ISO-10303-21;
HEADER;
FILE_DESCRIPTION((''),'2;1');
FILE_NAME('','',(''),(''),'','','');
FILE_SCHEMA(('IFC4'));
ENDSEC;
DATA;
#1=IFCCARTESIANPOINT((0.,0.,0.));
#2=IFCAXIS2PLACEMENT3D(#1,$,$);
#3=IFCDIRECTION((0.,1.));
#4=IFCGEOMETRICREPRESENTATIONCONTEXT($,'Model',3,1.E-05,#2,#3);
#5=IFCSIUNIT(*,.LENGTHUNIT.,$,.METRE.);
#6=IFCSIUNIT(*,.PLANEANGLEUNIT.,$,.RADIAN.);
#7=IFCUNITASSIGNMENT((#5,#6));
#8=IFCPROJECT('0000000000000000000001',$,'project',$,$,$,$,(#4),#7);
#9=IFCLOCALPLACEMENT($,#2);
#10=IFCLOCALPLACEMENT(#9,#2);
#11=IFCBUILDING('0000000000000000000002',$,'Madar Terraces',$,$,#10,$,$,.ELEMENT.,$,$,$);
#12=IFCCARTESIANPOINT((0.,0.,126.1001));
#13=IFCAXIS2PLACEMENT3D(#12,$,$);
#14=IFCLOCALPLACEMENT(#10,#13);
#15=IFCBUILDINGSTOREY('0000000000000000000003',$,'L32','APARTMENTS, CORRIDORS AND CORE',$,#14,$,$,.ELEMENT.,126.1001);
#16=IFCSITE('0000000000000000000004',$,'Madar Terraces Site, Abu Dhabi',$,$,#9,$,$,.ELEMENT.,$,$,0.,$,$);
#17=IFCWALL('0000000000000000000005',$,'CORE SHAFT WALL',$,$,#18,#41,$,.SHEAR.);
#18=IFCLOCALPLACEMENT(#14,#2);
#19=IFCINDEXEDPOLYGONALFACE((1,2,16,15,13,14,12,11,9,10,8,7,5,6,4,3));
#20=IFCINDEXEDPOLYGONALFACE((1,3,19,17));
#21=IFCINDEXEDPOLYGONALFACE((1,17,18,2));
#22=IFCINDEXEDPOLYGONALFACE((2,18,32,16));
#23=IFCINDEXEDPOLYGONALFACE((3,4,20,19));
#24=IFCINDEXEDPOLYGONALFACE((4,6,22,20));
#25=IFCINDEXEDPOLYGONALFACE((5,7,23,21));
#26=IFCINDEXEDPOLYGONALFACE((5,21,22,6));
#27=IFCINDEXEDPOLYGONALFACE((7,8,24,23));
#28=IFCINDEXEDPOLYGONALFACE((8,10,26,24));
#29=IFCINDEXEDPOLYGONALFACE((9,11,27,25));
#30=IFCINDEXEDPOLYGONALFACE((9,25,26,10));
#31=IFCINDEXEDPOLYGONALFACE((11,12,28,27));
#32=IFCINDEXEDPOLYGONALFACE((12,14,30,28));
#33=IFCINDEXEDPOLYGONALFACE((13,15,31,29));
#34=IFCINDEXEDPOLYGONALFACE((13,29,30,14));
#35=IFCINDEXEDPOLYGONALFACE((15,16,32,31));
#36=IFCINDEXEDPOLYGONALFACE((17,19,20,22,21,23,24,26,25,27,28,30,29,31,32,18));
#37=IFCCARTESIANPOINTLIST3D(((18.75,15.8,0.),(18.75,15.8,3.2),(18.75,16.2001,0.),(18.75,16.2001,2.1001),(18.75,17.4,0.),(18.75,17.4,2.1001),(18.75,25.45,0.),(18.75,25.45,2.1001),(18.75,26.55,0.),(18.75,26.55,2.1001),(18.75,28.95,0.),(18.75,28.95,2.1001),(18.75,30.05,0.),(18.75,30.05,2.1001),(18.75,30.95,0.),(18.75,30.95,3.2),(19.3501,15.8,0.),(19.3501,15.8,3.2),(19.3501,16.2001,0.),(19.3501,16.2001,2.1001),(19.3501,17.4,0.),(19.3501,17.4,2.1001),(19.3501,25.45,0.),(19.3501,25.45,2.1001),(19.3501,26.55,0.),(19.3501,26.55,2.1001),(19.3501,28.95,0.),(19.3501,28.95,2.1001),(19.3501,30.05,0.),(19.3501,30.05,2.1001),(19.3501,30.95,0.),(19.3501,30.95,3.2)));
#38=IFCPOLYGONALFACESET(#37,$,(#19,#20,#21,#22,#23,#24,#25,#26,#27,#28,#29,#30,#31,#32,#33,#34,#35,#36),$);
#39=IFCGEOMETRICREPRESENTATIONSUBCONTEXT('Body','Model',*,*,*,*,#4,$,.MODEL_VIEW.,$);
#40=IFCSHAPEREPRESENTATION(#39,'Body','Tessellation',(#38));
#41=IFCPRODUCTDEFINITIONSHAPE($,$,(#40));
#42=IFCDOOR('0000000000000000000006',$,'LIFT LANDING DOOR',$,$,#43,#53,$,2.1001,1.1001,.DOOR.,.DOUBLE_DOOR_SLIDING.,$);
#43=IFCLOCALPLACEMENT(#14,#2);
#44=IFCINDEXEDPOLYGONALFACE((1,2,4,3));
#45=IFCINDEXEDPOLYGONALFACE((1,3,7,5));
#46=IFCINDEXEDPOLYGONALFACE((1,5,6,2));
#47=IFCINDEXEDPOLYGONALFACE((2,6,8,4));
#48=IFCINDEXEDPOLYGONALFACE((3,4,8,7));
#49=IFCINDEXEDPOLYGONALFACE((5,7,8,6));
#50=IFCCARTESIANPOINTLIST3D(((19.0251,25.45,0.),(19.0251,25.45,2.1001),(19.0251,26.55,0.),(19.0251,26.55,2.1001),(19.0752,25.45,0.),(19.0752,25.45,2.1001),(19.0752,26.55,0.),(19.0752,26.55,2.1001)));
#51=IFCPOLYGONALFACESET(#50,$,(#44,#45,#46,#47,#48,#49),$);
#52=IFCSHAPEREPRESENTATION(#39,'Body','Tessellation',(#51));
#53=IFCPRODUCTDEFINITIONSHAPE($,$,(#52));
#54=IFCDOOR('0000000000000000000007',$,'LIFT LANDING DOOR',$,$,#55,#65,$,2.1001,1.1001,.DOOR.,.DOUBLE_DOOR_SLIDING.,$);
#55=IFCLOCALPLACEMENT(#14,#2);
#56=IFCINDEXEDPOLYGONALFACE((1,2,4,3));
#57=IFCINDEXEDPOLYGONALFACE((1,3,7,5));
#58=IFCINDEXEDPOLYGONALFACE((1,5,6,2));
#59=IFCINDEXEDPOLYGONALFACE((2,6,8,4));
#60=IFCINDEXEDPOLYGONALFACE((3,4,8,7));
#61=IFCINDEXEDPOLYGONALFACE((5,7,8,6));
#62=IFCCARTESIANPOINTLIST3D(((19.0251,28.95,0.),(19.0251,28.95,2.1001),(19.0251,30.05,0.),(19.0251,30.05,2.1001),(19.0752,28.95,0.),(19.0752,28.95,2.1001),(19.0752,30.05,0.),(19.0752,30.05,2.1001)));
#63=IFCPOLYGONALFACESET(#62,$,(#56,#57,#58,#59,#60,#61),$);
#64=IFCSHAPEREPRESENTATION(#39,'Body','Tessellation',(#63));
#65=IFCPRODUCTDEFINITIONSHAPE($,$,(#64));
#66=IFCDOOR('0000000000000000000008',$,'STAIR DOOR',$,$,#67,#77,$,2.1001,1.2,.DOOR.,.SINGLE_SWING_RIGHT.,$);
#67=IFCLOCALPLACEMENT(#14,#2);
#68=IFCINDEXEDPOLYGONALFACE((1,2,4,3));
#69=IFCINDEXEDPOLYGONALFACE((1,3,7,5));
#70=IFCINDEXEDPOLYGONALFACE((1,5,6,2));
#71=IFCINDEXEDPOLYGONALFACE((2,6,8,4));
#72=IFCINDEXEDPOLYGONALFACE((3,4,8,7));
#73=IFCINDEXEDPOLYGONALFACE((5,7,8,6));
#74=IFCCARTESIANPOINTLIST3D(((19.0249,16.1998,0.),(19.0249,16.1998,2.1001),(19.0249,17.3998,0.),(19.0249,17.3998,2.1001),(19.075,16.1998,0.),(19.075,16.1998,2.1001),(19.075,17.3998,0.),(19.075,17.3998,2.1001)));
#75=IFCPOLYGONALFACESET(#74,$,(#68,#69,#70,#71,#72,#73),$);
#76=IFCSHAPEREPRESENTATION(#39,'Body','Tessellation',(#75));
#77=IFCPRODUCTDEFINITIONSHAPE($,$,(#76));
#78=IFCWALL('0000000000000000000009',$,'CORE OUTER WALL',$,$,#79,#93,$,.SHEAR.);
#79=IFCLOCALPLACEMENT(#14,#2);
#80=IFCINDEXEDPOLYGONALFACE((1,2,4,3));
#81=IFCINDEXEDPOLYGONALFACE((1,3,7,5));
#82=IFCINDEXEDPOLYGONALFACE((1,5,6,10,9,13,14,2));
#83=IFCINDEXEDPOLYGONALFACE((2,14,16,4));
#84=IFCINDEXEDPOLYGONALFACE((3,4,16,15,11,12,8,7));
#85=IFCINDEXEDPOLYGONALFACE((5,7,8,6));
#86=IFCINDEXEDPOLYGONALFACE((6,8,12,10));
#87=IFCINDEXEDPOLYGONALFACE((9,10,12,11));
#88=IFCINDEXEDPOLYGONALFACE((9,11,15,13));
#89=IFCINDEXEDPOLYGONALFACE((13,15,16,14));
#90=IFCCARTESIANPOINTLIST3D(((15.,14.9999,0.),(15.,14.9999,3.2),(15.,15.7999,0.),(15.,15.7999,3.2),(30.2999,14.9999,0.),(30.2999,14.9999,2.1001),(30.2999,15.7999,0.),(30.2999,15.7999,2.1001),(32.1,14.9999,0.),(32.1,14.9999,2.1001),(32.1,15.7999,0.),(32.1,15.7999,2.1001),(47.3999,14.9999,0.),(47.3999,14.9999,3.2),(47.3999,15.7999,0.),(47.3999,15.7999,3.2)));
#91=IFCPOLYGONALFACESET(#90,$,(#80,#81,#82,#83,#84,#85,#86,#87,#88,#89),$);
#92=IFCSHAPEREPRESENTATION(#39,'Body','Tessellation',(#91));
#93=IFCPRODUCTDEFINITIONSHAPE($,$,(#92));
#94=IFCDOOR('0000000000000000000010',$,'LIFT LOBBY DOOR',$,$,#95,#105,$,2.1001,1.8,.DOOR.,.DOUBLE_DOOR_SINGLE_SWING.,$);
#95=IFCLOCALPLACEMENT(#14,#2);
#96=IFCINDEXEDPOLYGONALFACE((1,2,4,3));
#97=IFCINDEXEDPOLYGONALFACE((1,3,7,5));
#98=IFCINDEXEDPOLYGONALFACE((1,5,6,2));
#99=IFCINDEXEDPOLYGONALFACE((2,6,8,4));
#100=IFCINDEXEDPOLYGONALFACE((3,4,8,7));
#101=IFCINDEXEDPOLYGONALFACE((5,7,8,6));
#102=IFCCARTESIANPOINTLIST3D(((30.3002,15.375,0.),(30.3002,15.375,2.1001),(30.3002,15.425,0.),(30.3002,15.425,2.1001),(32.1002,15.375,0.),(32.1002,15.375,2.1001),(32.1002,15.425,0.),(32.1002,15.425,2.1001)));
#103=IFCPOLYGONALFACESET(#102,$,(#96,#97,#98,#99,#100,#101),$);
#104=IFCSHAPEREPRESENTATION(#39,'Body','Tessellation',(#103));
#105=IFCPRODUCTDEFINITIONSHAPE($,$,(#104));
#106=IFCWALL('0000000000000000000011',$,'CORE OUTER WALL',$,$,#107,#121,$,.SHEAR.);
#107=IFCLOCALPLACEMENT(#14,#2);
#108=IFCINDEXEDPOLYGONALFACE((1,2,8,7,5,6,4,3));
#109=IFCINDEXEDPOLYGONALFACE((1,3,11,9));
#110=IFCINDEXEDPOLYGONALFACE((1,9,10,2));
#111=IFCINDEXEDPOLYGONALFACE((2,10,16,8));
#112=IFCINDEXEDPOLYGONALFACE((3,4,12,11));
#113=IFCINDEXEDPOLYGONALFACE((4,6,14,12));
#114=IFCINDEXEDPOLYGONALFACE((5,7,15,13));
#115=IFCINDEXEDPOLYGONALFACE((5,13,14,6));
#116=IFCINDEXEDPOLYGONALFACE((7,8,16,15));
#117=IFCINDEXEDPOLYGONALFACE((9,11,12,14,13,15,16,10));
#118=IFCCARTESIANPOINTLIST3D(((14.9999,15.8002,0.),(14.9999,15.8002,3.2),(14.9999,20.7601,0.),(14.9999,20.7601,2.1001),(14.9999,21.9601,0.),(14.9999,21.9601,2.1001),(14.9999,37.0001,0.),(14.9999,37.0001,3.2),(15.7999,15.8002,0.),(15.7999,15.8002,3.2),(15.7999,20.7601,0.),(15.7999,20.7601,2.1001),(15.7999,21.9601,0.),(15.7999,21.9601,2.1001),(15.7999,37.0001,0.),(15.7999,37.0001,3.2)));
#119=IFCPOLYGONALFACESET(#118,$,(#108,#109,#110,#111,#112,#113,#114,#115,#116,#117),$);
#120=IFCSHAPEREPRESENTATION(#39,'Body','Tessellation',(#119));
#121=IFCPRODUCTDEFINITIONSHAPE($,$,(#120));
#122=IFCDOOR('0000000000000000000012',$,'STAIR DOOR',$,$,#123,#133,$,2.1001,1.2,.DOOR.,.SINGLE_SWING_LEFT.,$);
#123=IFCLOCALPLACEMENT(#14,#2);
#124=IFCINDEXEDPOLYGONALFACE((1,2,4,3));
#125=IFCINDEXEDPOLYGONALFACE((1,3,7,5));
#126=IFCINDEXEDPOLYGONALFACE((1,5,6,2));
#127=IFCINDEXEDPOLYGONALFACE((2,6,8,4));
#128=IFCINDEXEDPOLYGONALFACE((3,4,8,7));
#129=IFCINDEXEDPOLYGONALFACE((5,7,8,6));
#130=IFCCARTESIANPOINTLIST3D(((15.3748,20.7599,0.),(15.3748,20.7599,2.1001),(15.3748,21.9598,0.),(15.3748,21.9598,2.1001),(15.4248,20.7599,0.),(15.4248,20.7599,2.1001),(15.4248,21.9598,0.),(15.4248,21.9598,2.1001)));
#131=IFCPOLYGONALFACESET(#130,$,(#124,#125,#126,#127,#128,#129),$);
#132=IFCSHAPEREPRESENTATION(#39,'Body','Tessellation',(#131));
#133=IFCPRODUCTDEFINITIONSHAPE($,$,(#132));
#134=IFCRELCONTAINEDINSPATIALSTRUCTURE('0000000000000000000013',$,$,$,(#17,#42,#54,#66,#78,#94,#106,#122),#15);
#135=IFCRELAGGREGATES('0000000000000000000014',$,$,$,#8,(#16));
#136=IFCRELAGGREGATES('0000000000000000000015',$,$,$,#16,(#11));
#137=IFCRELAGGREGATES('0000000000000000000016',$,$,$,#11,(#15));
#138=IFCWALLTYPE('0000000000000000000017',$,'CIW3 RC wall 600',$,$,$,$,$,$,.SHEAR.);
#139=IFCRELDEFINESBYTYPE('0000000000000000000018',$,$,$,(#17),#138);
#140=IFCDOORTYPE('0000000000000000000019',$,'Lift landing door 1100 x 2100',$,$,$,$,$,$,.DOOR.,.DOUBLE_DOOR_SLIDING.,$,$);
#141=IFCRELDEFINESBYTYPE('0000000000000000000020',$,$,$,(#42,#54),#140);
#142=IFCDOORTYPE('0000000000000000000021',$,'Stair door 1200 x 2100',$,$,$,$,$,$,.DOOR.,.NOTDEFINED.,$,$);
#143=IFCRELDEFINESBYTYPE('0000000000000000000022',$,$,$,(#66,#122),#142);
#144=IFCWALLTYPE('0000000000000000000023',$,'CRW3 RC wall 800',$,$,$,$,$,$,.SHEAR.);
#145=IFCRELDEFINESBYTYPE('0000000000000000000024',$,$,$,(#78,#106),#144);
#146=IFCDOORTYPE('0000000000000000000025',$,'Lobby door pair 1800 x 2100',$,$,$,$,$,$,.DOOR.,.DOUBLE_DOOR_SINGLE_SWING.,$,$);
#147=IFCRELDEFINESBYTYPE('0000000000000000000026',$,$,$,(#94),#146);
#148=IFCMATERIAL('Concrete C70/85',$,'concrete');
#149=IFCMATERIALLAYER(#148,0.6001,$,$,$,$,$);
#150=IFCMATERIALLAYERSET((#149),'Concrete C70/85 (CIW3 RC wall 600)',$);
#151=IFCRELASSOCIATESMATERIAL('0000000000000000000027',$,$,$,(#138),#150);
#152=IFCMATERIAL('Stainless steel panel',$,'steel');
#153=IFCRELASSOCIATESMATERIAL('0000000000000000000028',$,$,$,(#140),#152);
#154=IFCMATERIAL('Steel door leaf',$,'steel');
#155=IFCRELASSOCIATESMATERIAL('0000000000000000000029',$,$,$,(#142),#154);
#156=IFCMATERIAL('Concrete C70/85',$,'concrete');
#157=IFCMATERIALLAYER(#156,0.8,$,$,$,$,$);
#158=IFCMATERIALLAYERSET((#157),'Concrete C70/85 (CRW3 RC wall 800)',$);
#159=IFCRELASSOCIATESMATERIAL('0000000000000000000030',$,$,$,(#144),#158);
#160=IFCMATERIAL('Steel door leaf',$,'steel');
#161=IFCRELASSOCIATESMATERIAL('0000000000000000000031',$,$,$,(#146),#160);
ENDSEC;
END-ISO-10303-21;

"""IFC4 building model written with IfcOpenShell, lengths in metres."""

from ifc_helpers import new_model, si_unit, direction, frame, frame_2d, origin, place, context, subcontext, project, spatial, rectangle, extrude, material, layer, layer_set, type_object, element, fill, save


model = new_model("IFC4")

# Units and contexts
model_context = context("Model", 3, precision=1e-05, world=origin(), true_north=direction((0.0, 1.0)))
body_context = subcontext(model_context, "Body", "Model", "MODEL_VIEW")
ifc_project = project(units=[si_unit("LENGTHUNIT", "METRE"), si_unit("PLANEANGLEUNIT", "RADIAN")], contexts=[model_context])

# Site, building, storey
site_placement = place(None, origin())
site = spatial("IfcSite", under=ifc_project, at=site_placement, Name="Madar Terraces Site, Abu Dhabi", CompositionType="ELEMENT", RefElevation=0.0)
building_placement = place(site_placement, origin())
building = spatial("IfcBuilding", under=site, at=building_placement, Name="Madar Terraces", CompositionType="ELEMENT")
storey_placement = place(building_placement, frame((0.0, 0.0, 126.1001)))
storey = spatial("IfcBuildingStorey", under=building, at=storey_placement, Name="L32", Description="APARTMENTS, CORRIDORS AND CORE", CompositionType="ELEMENT", Elevation=126.1001)

# Wall, openings, doors
ifc_material_1 = material(Name="Concrete C70/85", Category="concrete")
ifc_layer_1 = layer(ifc_material_1, 0.6001)
ifc_layer_set_1 = layer_set([ifc_layer_1], Name="Concrete C70/85 (CIW3 RC wall 600)")
wall_type_1 = type_object("IfcWallType", Name="CIW3 RC wall 600", PredefinedType="SHEAR", material=ifc_layer_set_1)
wall_1_placement = place(storey_placement, frame((19.05, 15.8, 0.0), z_axis=(0.0, 0.0, 1.0), x_axis=(0.0, 1.0, 0.0)))
wall_1 = element("IfcWall", 1, at=wall_1_placement, inside=storey, type_object=wall_type_1, Name="CORE SHAFT WALL", PredefinedType="SHEAR", context=body_context, shape_type="SweptSolid", body=[
    extrude(rectangle(XDim=15.1499, YDim=0.6001, at=frame_2d((7.575, 0.0))), origin(), (0.0, 0.0, 1.0), 3.2),
])
opening_1_placement = place(wall_1_placement, frame((9.6499, 0.0, 0.0)))
opening_1 = element("IfcOpeningElement", 2, at=opening_1_placement, cuts=wall_1, PredefinedType="OPENING", context=body_context, shape_type="SweptSolid", body=[
    extrude(rectangle(XDim=1.1001, YDim=2.1001, at=frame_2d((0.55, 1.05))), frame((0.0, 0.3101, 0.0), z_axis=(0.0, -1.0, 0.0), x_axis=(1.0, 0.0, 0.0)), (0.0, 0.0, 1.0), 0.6201),
])
opening_2_placement = place(wall_1_placement, frame((13.1499, 0.0, 0.0)))
opening_2 = element("IfcOpeningElement", 3, at=opening_2_placement, cuts=wall_1, PredefinedType="OPENING", context=body_context, shape_type="SweptSolid", body=[
    extrude(rectangle(XDim=1.1001, YDim=2.1001, at=frame_2d((0.55, 1.05))), frame((0.0, 0.3101, 0.0), z_axis=(0.0, -1.0, 0.0), x_axis=(1.0, 0.0, 0.0)), (0.0, 0.0, 1.0), 0.6201),
])
opening_3_placement = place(wall_1_placement, frame((0.3999, 0.0, 0.0)))
opening_3 = element("IfcOpeningElement", 4, at=opening_3_placement, cuts=wall_1, PredefinedType="OPENING", context=body_context, shape_type="SweptSolid", body=[
    extrude(rectangle(XDim=1.2, YDim=2.1001, at=frame_2d((0.6001, 1.05))), frame((0.0, 0.3101, 0.0), z_axis=(0.0, -1.0, 0.0), x_axis=(1.0, 0.0, 0.0)), (0.0, 0.0, 1.0), 0.6201),
])
ifc_material_2 = material(Name="Stainless steel panel", Category="steel")
door_type_1 = type_object("IfcDoorType", Name="Lift landing door 1100 x 2100", OperationType="DOUBLE_DOOR_SLIDING", PredefinedType="DOOR", material=ifc_material_2)
door_1_placement = place(opening_1_placement, origin())
door_1 = element("IfcDoor", 5, at=door_1_placement, inside=storey, type_object=door_type_1, Name="LIFT LANDING DOOR", OperationType="DOUBLE_DOOR_SLIDING", OverallHeight=2.1001, OverallWidth=1.1001, PredefinedType="DOOR", context=body_context, shape_type="SweptSolid", body=[
    extrude(rectangle(XDim=1.1001, YDim=2.1001, at=frame_2d((0.55, 1.05))), frame((0.0, 0.0249, 0.0), z_axis=(0.0, -1.0, 0.0), x_axis=(1.0, 0.0, 0.0)), (0.0, 0.0, 1.0), 0.05),
])
fill(opening_1, door_1)
door_2_placement = place(opening_2_placement, origin())
door_2 = element("IfcDoor", 6, at=door_2_placement, inside=storey, type_object=door_type_1, Name="LIFT LANDING DOOR", OperationType="DOUBLE_DOOR_SLIDING", OverallHeight=2.1001, OverallWidth=1.1001, PredefinedType="DOOR", context=body_context, shape_type="SweptSolid", body=[
    extrude(rectangle(XDim=1.1001, YDim=2.1001, at=frame_2d((0.55, 1.05))), frame((0.0, 0.0249, 0.0), z_axis=(0.0, -1.0, 0.0), x_axis=(1.0, 0.0, 0.0)), (0.0, 0.0, 1.0), 0.05),
])
fill(opening_2, door_2)
ifc_material_3 = material(Name="Steel door leaf", Category="steel")
door_type_2 = type_object("IfcDoorType", Name="Stair door 1200 x 2100", OperationType="NOTDEFINED", PredefinedType="DOOR", material=ifc_material_3)
door_3_placement = place(opening_3_placement, frame((1.2, 0.0, 0.0), z_axis=(0.0, 0.0, 1.0), x_axis=(-1.0, 0.0, 0.0)))
door_3 = element("IfcDoor", 7, at=door_3_placement, inside=storey, type_object=door_type_2, Name="STAIR DOOR", OperationType="SINGLE_SWING_RIGHT", OverallHeight=2.1001, OverallWidth=1.2, PredefinedType="DOOR", context=body_context, shape_type="SweptSolid", body=[
    extrude(rectangle(XDim=1.2, YDim=2.1001, at=frame_2d((0.6001, 1.05))), frame((0.0, 0.0249, 0.0), z_axis=(0.0, -1.0, 0.0), x_axis=(1.0, 0.0, 0.0)), (0.0, 0.0, 1.0), 0.05),
])
fill(opening_3, door_3)

# Walls, openings, doors
ifc_material_4 = material(Name="Concrete C70/85", Category="concrete")
ifc_layer_2 = layer(ifc_material_4, 0.8)
ifc_layer_set_2 = layer_set([ifc_layer_2], Name="Concrete C70/85 (CRW3 RC wall 800)")
wall_type_2 = type_object("IfcWallType", Name="CRW3 RC wall 800", PredefinedType="SHEAR", material=ifc_layer_set_2)
wall_2_placement = place(storey_placement, frame((15.0, 15.3999, 0.0), z_axis=(0.0, 0.0, 1.0), x_axis=(1.0, 0.0, 0.0)))
wall_2 = element("IfcWall", 8, at=wall_2_placement, inside=storey, type_object=wall_type_2, Name="CORE OUTER WALL", PredefinedType="SHEAR", context=body_context, shape_type="SweptSolid", body=[
    extrude(rectangle(XDim=32.3999, YDim=0.8, at=frame_2d((16.2, 0.0))), origin(), (0.0, 0.0, 1.0), 3.2),
])
opening_4_placement = place(wall_2_placement, frame((15.3, 0.0, 0.0)))
opening_4 = element("IfcOpeningElement", 9, at=opening_4_placement, cuts=wall_2, PredefinedType="OPENING", context=body_context, shape_type="SweptSolid", body=[
    extrude(rectangle(XDim=1.8, YDim=2.1001, at=frame_2d((0.8999, 1.05))), frame((0.0, 0.4099, 0.0), z_axis=(0.0, -1.0, 0.0), x_axis=(1.0, 0.0, 0.0)), (0.0, 0.0, 1.0), 0.8201),
])
ifc_material_5 = material(Name="Steel door leaf", Category="steel")
door_type_3 = type_object("IfcDoorType", Name="Lobby door pair 1800 x 2100", OperationType="DOUBLE_DOOR_SINGLE_SWING", PredefinedType="DOOR", material=ifc_material_5)
door_4_placement = place(opening_4_placement, frame((1.8, 0.0, 0.0), z_axis=(0.0, 0.0, 1.0), x_axis=(-1.0, 0.0, 0.0)))
door_4 = element("IfcDoor", 10, at=door_4_placement, inside=storey, type_object=door_type_3, Name="LIFT LOBBY DOOR", OperationType="DOUBLE_DOOR_SINGLE_SWING", OverallHeight=2.1001, OverallWidth=1.8, PredefinedType="DOOR", context=body_context, shape_type="SweptSolid", body=[
    extrude(rectangle(XDim=1.8, YDim=2.1001, at=frame_2d((0.8999, 1.05))), frame((0.0, 0.0249, 0.0), z_axis=(0.0, -1.0, 0.0), x_axis=(1.0, 0.0, 0.0)), (0.0, 0.0, 1.0), 0.05),
])
fill(opening_4, door_4)
wall_3_placement = place(storey_placement, frame((15.3999, 15.8, 0.0), z_axis=(0.0, 0.0, 1.0), x_axis=(0.0, 1.0, 0.0)))
wall_3 = element("IfcWall", 11, at=wall_3_placement, inside=storey, type_object=wall_type_2, Name="CORE OUTER WALL", PredefinedType="SHEAR", context=body_context, shape_type="SweptSolid", body=[
    extrude(rectangle(XDim=21.2, YDim=0.8, at=frame_2d((10.6001, 0.0))), origin(), (0.0, 0.0, 1.0), 3.2),
])
opening_5_placement = place(wall_3_placement, frame((4.96, 0.0, 0.0)))
opening_5 = element("IfcOpeningElement", 12, at=opening_5_placement, cuts=wall_3, PredefinedType="OPENING", context=body_context, shape_type="SweptSolid", body=[
    extrude(rectangle(XDim=1.2, YDim=2.1001, at=frame_2d((0.6001, 1.05))), frame((0.0, 0.4099, 0.0), z_axis=(0.0, -1.0, 0.0), x_axis=(1.0, 0.0, 0.0)), (0.0, 0.0, 1.0), 0.8201),
])
door_5_placement = place(opening_5_placement, frame((1.2, 0.0, 0.0), z_axis=(0.0, 0.0, 1.0), x_axis=(-1.0, 0.0, 0.0)))
door_5 = element("IfcDoor", 13, at=door_5_placement, inside=storey, type_object=door_type_2, Name="STAIR DOOR", OperationType="SINGLE_SWING_LEFT", OverallHeight=2.1001, OverallWidth=1.2, PredefinedType="DOOR", context=body_context, shape_type="SweptSolid", body=[
    extrude(rectangle(XDim=1.2, YDim=2.1001, at=frame_2d((0.6001, 1.05))), frame((0.0, 0.0249, 0.0), z_axis=(0.0, -1.0, 0.0), x_axis=(1.0, 0.0, 0.0)), (0.0, 0.0, 1.0), 0.05),
])
fill(opening_5, door_5)

save(model, "model.ifc")
